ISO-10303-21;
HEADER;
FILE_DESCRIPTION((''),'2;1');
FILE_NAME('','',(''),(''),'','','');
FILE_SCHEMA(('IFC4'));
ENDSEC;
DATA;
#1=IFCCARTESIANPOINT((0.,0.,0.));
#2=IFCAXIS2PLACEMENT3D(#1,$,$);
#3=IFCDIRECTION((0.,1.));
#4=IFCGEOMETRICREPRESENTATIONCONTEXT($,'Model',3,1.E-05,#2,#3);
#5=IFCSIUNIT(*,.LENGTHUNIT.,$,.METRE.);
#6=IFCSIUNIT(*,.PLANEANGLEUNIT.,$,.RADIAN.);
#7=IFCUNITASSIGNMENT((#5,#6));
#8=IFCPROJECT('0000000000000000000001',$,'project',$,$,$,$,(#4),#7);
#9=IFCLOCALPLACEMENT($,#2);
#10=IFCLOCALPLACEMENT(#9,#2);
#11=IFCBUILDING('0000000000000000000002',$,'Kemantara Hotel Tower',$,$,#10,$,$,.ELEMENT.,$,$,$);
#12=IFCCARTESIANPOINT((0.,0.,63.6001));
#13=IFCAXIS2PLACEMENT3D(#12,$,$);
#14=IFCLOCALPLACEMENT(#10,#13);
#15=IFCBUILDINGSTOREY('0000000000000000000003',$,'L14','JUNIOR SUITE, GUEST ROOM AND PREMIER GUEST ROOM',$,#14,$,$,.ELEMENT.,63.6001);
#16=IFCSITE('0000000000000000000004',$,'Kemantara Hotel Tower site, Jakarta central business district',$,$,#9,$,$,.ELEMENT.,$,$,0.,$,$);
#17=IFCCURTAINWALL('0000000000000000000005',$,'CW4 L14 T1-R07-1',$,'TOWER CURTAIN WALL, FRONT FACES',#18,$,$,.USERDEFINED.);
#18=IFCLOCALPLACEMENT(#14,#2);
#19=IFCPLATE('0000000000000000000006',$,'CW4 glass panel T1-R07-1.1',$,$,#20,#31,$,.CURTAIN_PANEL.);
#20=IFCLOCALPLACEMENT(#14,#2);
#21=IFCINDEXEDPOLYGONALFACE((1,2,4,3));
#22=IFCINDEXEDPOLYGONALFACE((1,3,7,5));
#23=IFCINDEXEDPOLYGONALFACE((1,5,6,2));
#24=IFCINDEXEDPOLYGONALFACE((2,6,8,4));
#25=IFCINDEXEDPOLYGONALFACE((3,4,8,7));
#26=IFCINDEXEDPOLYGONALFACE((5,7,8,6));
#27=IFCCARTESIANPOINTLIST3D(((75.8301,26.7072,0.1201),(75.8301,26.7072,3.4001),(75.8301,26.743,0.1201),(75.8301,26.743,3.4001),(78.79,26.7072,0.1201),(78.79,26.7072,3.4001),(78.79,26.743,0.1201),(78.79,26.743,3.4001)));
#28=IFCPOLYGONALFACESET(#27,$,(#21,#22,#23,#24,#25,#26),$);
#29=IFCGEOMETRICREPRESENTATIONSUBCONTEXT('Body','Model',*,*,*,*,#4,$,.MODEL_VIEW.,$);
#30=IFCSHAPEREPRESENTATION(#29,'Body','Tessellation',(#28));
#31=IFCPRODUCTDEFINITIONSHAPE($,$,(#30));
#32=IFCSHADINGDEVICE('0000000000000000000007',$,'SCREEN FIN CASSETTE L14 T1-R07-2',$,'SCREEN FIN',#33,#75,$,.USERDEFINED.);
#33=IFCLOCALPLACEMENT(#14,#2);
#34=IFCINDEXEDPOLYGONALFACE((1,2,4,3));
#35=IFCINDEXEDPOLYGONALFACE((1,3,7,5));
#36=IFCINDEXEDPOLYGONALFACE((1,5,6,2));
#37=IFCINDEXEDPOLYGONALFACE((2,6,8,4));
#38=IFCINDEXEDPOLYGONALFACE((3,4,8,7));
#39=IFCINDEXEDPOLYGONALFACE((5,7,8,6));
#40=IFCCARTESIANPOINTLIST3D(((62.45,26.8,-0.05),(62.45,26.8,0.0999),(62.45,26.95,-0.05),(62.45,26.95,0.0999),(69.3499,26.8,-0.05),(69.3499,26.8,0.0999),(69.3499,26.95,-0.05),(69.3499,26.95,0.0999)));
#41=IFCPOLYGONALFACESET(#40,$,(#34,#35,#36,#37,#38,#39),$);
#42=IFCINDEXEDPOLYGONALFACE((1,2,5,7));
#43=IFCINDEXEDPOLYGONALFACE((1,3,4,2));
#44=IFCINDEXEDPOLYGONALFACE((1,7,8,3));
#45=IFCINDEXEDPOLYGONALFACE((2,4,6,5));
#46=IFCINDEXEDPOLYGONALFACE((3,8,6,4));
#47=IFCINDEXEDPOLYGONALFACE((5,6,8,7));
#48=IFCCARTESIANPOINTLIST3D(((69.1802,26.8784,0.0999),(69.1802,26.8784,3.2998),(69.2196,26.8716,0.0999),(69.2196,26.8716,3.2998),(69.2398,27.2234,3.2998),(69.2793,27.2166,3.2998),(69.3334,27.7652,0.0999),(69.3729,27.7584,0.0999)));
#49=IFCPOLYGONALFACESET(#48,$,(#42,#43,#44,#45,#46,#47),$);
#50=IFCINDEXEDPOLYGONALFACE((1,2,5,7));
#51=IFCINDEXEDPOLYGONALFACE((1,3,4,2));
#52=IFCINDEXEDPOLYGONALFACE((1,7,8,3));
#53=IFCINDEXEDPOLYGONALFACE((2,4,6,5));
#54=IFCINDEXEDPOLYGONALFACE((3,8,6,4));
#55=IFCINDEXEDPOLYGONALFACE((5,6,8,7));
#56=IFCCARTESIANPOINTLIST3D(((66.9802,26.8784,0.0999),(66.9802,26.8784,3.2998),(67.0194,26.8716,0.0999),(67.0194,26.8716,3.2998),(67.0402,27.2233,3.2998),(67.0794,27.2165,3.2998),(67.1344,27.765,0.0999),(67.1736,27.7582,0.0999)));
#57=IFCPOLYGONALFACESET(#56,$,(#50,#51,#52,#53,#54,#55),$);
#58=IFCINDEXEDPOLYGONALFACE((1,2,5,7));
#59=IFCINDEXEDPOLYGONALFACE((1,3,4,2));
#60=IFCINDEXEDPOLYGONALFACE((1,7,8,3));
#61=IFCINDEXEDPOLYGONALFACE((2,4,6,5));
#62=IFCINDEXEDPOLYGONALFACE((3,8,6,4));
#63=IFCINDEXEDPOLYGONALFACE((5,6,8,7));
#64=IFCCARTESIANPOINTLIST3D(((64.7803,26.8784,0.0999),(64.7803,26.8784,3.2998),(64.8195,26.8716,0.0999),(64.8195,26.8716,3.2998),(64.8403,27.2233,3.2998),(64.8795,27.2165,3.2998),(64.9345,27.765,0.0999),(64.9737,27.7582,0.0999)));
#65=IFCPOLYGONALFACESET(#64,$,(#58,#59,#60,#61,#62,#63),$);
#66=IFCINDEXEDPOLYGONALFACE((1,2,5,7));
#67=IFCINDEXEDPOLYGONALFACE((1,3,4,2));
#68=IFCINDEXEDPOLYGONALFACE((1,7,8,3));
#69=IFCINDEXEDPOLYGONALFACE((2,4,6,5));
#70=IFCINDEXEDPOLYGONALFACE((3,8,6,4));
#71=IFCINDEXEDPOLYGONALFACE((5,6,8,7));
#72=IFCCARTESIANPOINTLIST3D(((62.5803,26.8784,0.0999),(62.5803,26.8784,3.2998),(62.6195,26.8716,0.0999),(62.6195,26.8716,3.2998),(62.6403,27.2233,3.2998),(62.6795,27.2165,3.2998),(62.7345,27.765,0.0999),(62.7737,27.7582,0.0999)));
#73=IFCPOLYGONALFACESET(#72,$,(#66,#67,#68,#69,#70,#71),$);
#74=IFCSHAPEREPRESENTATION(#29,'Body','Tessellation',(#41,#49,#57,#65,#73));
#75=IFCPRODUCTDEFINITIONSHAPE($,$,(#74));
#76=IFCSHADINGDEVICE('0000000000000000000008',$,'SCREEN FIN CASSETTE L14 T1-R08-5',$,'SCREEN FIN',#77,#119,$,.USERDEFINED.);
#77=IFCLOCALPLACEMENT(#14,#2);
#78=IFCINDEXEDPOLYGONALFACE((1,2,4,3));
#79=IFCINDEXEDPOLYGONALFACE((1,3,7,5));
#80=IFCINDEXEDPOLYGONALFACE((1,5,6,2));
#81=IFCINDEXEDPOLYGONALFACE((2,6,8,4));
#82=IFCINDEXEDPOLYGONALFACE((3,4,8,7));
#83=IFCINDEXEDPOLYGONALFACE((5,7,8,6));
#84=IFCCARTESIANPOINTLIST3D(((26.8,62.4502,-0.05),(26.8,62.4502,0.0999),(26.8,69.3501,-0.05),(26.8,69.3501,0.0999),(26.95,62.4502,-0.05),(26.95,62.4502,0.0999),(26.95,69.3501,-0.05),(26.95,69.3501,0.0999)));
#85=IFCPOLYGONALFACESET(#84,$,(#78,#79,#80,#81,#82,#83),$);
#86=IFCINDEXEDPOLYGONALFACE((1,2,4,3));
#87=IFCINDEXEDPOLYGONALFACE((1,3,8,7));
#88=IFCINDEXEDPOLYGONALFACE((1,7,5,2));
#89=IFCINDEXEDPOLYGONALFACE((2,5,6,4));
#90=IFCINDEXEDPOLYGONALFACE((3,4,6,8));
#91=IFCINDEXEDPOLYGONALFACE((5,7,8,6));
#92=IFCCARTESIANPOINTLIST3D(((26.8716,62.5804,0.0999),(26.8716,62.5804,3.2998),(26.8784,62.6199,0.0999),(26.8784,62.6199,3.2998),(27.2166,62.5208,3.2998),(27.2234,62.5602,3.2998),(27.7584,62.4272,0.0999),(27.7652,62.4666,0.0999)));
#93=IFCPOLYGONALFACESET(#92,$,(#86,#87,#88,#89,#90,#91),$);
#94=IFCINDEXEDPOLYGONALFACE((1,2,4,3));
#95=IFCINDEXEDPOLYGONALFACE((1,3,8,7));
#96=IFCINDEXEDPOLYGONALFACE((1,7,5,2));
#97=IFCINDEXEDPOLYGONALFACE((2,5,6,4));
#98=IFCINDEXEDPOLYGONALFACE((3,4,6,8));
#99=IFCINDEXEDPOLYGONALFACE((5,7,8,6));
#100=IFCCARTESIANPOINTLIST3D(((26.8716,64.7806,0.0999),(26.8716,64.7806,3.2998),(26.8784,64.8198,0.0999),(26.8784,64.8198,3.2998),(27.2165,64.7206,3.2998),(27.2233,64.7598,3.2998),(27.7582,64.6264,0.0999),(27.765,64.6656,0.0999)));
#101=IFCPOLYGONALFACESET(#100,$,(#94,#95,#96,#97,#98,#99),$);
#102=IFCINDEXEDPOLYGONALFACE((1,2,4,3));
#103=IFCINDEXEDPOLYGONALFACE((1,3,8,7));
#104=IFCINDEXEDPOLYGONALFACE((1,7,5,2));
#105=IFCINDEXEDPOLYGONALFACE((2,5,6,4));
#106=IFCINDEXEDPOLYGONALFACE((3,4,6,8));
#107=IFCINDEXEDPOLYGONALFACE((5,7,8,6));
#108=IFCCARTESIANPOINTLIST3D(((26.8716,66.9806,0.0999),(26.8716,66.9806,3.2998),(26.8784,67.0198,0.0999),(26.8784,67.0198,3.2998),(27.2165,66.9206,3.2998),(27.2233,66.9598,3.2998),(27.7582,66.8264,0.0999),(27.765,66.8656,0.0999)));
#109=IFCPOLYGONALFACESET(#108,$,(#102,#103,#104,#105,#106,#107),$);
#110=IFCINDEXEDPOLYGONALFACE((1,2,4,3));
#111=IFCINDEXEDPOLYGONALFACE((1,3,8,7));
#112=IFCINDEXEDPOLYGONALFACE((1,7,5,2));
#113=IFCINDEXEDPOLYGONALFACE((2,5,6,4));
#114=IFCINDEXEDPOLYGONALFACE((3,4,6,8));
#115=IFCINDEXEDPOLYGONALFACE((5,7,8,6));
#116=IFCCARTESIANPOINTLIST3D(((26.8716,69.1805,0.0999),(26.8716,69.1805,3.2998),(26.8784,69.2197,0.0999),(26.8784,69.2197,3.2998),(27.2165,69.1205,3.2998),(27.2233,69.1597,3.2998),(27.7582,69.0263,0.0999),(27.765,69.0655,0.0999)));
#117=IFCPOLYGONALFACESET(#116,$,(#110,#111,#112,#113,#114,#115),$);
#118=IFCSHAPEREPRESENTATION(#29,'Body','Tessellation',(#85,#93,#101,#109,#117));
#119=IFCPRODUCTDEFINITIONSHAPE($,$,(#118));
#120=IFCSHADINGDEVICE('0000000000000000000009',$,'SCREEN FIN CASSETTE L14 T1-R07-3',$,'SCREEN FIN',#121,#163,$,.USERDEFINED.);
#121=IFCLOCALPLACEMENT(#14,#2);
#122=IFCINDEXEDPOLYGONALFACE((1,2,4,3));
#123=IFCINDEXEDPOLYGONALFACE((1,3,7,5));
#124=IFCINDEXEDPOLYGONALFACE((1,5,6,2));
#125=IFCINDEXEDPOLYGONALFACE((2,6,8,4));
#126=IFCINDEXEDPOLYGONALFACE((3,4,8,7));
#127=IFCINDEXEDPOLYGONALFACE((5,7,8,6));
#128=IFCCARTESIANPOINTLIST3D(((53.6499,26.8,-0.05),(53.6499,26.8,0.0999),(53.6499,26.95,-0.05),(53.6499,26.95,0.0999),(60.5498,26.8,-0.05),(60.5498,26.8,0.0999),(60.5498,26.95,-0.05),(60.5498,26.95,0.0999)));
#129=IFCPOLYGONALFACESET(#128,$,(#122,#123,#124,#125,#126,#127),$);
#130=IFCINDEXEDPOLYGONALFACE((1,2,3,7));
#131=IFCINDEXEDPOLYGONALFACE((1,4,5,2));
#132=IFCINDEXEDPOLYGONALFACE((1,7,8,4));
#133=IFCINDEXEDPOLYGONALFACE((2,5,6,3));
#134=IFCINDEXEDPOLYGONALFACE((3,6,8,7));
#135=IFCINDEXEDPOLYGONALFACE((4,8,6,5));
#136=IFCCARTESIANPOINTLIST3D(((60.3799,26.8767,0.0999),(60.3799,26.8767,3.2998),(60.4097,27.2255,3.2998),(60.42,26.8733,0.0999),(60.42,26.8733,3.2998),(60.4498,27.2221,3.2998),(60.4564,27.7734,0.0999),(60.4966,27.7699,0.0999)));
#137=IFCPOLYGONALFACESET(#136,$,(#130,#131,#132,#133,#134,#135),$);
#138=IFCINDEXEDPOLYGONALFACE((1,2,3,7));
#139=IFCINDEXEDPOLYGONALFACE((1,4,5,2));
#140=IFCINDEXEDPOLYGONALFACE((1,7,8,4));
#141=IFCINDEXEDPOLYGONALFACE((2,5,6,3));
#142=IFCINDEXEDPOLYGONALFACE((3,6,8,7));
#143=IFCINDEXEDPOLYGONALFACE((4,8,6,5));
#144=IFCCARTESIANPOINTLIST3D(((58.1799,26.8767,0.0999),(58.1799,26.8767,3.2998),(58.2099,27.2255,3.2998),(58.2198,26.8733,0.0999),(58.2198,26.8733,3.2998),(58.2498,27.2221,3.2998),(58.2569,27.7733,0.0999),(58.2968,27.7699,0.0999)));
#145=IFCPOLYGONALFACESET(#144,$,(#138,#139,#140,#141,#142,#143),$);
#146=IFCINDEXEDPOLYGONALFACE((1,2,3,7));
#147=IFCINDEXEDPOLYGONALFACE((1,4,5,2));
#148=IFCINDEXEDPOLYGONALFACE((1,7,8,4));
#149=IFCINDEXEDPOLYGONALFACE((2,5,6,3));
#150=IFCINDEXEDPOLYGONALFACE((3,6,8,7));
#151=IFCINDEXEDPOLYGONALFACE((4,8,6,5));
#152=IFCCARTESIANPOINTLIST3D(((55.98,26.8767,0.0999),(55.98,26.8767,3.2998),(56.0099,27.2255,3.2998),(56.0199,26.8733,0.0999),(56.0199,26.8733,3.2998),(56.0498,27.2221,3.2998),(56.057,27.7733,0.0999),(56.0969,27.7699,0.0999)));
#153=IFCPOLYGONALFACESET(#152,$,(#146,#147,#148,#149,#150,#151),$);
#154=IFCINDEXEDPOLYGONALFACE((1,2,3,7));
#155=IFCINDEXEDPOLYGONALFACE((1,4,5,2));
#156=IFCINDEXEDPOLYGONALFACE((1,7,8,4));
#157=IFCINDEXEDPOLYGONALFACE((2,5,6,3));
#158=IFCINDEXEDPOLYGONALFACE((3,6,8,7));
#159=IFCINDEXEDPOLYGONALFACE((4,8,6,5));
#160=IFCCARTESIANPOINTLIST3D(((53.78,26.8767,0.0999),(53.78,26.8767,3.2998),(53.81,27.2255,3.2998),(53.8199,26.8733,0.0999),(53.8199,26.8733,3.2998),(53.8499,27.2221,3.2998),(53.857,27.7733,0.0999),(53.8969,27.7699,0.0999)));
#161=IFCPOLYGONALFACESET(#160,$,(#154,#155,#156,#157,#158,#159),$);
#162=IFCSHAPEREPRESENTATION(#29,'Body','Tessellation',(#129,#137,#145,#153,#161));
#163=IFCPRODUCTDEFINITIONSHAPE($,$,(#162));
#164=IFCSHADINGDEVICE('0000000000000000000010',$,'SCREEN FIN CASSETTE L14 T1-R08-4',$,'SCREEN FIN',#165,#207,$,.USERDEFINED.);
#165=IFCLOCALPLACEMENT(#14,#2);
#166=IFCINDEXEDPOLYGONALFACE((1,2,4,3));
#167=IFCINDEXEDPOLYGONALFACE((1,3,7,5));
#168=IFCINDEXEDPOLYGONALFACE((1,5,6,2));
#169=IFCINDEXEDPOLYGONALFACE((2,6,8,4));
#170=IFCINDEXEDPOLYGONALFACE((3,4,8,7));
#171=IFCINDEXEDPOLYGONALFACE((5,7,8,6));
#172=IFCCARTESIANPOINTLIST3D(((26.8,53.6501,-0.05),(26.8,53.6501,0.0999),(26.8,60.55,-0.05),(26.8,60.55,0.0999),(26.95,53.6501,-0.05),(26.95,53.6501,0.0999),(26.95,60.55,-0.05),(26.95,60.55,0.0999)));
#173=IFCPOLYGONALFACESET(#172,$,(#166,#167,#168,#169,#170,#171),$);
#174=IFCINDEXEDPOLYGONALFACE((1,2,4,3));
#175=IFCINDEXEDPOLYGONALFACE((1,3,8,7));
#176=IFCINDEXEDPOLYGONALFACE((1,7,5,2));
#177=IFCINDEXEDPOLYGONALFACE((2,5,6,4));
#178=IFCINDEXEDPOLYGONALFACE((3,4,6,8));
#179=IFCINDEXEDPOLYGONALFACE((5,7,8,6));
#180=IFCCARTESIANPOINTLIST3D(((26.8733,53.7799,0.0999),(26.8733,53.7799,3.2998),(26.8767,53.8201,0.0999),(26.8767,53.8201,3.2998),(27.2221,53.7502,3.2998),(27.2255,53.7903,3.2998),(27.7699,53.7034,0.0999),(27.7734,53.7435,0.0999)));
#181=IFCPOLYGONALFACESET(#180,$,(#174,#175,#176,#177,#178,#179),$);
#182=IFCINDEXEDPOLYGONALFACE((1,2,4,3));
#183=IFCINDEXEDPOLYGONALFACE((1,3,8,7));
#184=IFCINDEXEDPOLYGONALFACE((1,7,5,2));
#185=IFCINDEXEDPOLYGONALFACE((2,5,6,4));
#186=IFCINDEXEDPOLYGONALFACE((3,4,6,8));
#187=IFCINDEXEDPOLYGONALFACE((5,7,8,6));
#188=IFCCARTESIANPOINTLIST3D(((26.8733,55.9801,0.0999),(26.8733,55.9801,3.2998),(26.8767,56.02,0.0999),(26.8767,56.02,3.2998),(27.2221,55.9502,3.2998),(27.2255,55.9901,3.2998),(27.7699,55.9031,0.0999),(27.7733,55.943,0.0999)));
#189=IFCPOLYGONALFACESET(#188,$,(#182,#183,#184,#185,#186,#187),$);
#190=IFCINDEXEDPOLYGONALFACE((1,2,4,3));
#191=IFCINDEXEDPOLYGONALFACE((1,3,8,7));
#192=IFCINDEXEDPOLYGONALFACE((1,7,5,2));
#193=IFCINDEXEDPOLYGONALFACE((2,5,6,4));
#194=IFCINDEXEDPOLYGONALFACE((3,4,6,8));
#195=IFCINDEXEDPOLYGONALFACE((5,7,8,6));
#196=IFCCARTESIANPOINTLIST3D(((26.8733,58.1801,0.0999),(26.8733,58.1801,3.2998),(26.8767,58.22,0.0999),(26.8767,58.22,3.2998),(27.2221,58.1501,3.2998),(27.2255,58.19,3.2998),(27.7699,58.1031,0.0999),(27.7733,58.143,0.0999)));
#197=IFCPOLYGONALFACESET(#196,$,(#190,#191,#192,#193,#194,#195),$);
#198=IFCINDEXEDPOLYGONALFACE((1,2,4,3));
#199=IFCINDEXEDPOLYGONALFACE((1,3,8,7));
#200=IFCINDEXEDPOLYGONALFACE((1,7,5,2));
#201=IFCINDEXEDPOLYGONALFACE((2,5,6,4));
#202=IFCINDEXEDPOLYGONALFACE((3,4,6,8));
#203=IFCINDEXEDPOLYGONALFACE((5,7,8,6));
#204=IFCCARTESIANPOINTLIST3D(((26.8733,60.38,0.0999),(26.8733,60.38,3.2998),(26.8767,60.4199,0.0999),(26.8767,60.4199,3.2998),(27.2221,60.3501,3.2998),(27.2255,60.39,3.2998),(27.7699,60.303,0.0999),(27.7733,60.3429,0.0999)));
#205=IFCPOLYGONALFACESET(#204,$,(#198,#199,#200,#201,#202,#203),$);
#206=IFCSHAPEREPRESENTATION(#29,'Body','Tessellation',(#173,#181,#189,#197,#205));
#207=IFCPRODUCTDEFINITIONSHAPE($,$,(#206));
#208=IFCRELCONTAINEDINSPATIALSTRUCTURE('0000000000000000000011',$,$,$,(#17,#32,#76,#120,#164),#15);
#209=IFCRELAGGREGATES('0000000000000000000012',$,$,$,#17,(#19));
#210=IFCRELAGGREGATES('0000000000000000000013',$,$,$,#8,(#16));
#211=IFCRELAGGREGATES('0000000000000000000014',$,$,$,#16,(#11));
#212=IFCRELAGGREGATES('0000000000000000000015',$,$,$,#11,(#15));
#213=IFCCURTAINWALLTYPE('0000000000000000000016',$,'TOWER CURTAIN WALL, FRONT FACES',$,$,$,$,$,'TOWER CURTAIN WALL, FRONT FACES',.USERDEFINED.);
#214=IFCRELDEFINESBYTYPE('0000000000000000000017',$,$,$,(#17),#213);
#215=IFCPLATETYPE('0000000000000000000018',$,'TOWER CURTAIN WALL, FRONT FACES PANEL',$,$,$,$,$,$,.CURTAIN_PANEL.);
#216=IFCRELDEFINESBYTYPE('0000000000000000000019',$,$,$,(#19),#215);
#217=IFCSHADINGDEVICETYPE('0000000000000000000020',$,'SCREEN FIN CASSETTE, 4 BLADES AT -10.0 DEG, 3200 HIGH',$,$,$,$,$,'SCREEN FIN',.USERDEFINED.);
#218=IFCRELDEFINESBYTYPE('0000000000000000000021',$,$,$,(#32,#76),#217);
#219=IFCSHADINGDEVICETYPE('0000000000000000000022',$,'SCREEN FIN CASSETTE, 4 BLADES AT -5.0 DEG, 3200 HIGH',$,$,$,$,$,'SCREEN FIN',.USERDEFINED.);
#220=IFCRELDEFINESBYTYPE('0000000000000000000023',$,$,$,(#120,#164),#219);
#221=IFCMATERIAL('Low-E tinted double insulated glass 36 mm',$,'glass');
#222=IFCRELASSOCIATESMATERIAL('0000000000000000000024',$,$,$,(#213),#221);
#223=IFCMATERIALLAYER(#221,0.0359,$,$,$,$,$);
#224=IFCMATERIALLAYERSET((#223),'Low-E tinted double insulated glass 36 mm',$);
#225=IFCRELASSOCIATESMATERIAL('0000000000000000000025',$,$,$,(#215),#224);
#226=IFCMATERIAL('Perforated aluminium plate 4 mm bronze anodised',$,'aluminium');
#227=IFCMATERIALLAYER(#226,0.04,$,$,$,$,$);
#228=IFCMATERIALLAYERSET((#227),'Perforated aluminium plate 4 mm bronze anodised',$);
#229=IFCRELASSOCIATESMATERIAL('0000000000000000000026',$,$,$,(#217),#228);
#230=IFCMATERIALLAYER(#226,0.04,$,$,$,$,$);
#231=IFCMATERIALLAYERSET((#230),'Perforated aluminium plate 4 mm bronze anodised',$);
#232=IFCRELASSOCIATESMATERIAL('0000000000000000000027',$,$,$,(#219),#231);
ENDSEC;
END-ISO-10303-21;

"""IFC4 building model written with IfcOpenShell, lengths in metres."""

from ifc_helpers import new_model, si_unit, direction, frame, origin, origin_2d, place, context, subcontext, project, spatial, polyline, rectangle, outline, extrude, source, transform, mapped, material, layer, layer_set, type_object, element, aggregate, save


model = new_model("IFC4")

# Units and contexts
model_context = context("Model", 3, precision=1e-05, world=origin(), true_north=direction((0.0, 1.0)))
body_context = subcontext(model_context, "Body", "Model", "MODEL_VIEW")
ifc_project = project(units=[si_unit("LENGTHUNIT", "METRE"), si_unit("PLANEANGLEUNIT", "RADIAN")], contexts=[model_context])

# Site, building, storey
site_placement = place(None, origin())
site = spatial("IfcSite", under=ifc_project, at=site_placement, Name="Kemantara Hotel Tower site, Jakarta central business district", CompositionType="ELEMENT", RefElevation=0.0)
building_placement = place(site_placement, origin())
building = spatial("IfcBuilding", under=site, at=building_placement, Name="Kemantara Hotel Tower", CompositionType="ELEMENT")
storey_placement = place(building_placement, frame((0.0, 0.0, 63.6001)))
storey = spatial("IfcBuildingStorey", under=building, at=storey_placement, Name="L14", Description="JUNIOR SUITE, GUEST ROOM AND PREMIER GUEST ROOM", CompositionType="ELEMENT", Elevation=63.6001)

# Curtain wall
ifc_material_1 = material(Name="Low-E tinted double insulated glass 36 mm", Category="glass")
curtain_wall_type = type_object("IfcCurtainWallType", Name="TOWER CURTAIN WALL, FRONT FACES", ElementType="TOWER CURTAIN WALL, FRONT FACES", PredefinedType="USERDEFINED", material=ifc_material_1)
curtain_wall_1_placement = place(storey_placement, origin())
curtain_wall_1 = element("IfcCurtainWall", 1, at=curtain_wall_1_placement, inside=storey, type_object=curtain_wall_type, Name="CW4 L14 T1-R07-1", ObjectType="TOWER CURTAIN WALL, FRONT FACES", PredefinedType="USERDEFINED")

# Plate
ifc_layer_1 = layer(ifc_material_1, 0.0359)
ifc_layer_set_1 = layer_set([ifc_layer_1], Name="Low-E tinted double insulated glass 36 mm")
plate_type = type_object("IfcPlateType", Name="TOWER CURTAIN WALL, FRONT FACES PANEL", PredefinedType="CURTAIN_PANEL", material=ifc_layer_set_1)
shared_shape_1 = source(origin(), body_context, "Body", "SweptSolid", [
    extrude(rectangle(XDim=2.96, YDim=0.0359, at=origin_2d()), origin(), (0.0, 0.0, 1.0), 3.28),
])
plate_1_placement = place(storey_placement, frame((77.3101, 26.7251, 0.1201), z_axis=(0.0, 0.0, 1.0), x_axis=(-1.0, 0.0, 0.0)))
plate_1 = element("IfcPlate", 2, at=plate_1_placement, type_object=plate_type, Name="CW4 glass panel T1-R07-1.1", PredefinedType="CURTAIN_PANEL", context=body_context, shape_type="MappedRepresentation", body=[
    mapped(shared_shape_1, transform((0.0, 0.0, 0.0))),
])
aggregate(curtain_wall_1, [plate_1])

# Shading devices
ifc_material_2 = material(Name="Perforated aluminium plate 4 mm bronze anodised", Category="aluminium")
ifc_layer_2 = layer(ifc_material_2, 0.04)
ifc_layer_set_2 = layer_set([ifc_layer_2], Name="Perforated aluminium plate 4 mm bronze anodised")
shading_device_type_1 = type_object("IfcShadingDeviceType", Name="SCREEN FIN CASSETTE, 4 BLADES AT -10.0 DEG, 3200 HIGH", ElementType="SCREEN FIN", PredefinedType="USERDEFINED", material=ifc_layer_set_2)
shared_shape_2 = source(origin(), body_context, "Body", "SweptSolid", [
    extrude(rectangle(XDim=6.8999, YDim=0.1499, at=origin_2d()), frame((3.3, -0.075, -0.1499), z_axis=(0.0, 0.0, 1.0), x_axis=(1.0, 0.0, 0.0)), (0.0, 0.0, 1.0), 0.1499),
    extrude(outline(polyline([(0.0, 0.0), (0.8999, 0.0), (0.3501, 3.2), (0.0, 3.2), (0.0, 0.0)])), frame((0.0198, -0.0784, 0.0), z_axis=(-0.98539, 0.170314, 0.0), x_axis=(-0.170314, -0.98539, 0.0)), (0.0, 0.0, 1.0), 0.04),
    extrude(outline(polyline([(0.0, 0.0), (0.8999, 0.0), (0.3501, 3.2), (0.0, 3.2), (0.0, 0.0)])), frame((2.2197, -0.0784, 0.0), z_axis=(-0.985212, 0.171341, 0.0), x_axis=(-0.171341, -0.985212, 0.0)), (0.0, 0.0, 1.0), 0.0398),
    extrude(outline(polyline([(0.0, 0.0), (0.8999, 0.0), (0.3501, 3.2), (0.0, 3.2), (0.0, 0.0)])), frame((4.4197, -0.0784, 0.0), z_axis=(-0.985212, 0.171341, 0.0), x_axis=(-0.171341, -0.985212, 0.0)), (0.0, 0.0, 1.0), 0.0398),
    extrude(outline(polyline([(0.0, 0.0), (0.8999, 0.0), (0.3501, 3.2), (0.0, 3.2), (0.0, 0.0)])), frame((6.6196, -0.0784, 0.0), z_axis=(-0.985212, 0.171341, 0.0), x_axis=(-0.171341, -0.985212, 0.0)), (0.0, 0.0, 1.0), 0.0398),
])
for number, where, z_axis, x_axis, name in (
    (3, (69.2, 26.8, 0.0999), (0.0, 0.0, 1.0), (-1.0, 0.0, 0.0), "SCREEN FIN CASSETTE L14 T1-R07-2"),
    (4, (26.8, 62.6001, 0.0999), (0.0, 0.0, 1.0), (0.0, 1.0, 0.0), "SCREEN FIN CASSETTE L14 T1-R08-5"),
):
    element("IfcShadingDevice", number, at=place(storey_placement, frame(where, z_axis=z_axis, x_axis=x_axis)), inside=storey, type_object=shading_device_type_1, Name=name, ObjectType="SCREEN FIN", PredefinedType="USERDEFINED", context=body_context, shape_type="MappedRepresentation", body=[
        mapped(shared_shape_2, transform((0.0, 0.0, 0.0))),
    ])
ifc_layer_3 = layer(ifc_material_2, 0.04)
ifc_layer_set_3 = layer_set([ifc_layer_3], Name="Perforated aluminium plate 4 mm bronze anodised")
shading_device_type_2 = type_object("IfcShadingDeviceType", Name="SCREEN FIN CASSETTE, 4 BLADES AT -5.0 DEG, 3200 HIGH", ElementType="SCREEN FIN", PredefinedType="USERDEFINED", material=ifc_layer_set_3)
shared_shape_3 = source(origin(), body_context, "Body", "SweptSolid", [
    extrude(rectangle(XDim=6.8999, YDim=0.1499, at=origin_2d()), frame((3.3, -0.075, -0.1499), z_axis=(0.0, 0.0, 1.0), x_axis=(1.0, 0.0, 0.0)), (0.0, 0.0, 1.0), 0.1499),
    extrude(outline(polyline([(0.0, 0.0), (0.8999, 0.0), (0.3501, 3.2), (0.0, 3.2), (0.0, 0.0)])), frame((0.02, -0.0767, 0.0), z_axis=(-0.996376, 0.085056, 0.0), x_axis=(-0.085056, -0.996376, 0.0)), (0.0, 0.0, 1.0), 0.0403),
    extrude(outline(polyline([(0.0, 0.0), (0.8999, 0.0), (0.3501, 3.2), (0.0, 3.2), (0.0, 0.0)])), frame((2.22, -0.0767, 0.0), z_axis=(-0.996332, 0.085575, 0.0), x_axis=(-0.085575, -0.996332, 0.0)), (0.0, 0.0, 1.0), 0.04),
    extrude(outline(polyline([(0.0, 0.0), (0.8999, 0.0), (0.3501, 3.2), (0.0, 3.2), (0.0, 0.0)])), frame((4.4199, -0.0767, 0.0), z_axis=(-0.996332, 0.085575, 0.0), x_axis=(-0.085575, -0.996332, 0.0)), (0.0, 0.0, 1.0), 0.04),
    extrude(outline(polyline([(0.0, 0.0), (0.8999, 0.0), (0.3501, 3.2), (0.0, 3.2), (0.0, 0.0)])), frame((6.6199, -0.0767, 0.0), z_axis=(-0.996332, 0.085575, 0.0), x_axis=(-0.085575, -0.996332, 0.0)), (0.0, 0.0, 1.0), 0.04),
])
for number, where, z_axis, x_axis, name in (
    (5, (60.3999, 26.8, 0.0999), (0.0, 0.0, 1.0), (-1.0, 0.0, 0.0), "SCREEN FIN CASSETTE L14 T1-R07-3"),
    (6, (26.8, 53.8, 0.0999), (0.0, 0.0, 1.0), (0.0, 1.0, 0.0), "SCREEN FIN CASSETTE L14 T1-R08-4"),
):
    element("IfcShadingDevice", number, at=place(storey_placement, frame(where, z_axis=z_axis, x_axis=x_axis)), inside=storey, type_object=shading_device_type_2, Name=name, ObjectType="SCREEN FIN", PredefinedType="USERDEFINED", context=body_context, shape_type="MappedRepresentation", body=[
        mapped(shared_shape_3, transform((0.0, 0.0, 0.0))),
    ])

save(model, "model.ifc")
